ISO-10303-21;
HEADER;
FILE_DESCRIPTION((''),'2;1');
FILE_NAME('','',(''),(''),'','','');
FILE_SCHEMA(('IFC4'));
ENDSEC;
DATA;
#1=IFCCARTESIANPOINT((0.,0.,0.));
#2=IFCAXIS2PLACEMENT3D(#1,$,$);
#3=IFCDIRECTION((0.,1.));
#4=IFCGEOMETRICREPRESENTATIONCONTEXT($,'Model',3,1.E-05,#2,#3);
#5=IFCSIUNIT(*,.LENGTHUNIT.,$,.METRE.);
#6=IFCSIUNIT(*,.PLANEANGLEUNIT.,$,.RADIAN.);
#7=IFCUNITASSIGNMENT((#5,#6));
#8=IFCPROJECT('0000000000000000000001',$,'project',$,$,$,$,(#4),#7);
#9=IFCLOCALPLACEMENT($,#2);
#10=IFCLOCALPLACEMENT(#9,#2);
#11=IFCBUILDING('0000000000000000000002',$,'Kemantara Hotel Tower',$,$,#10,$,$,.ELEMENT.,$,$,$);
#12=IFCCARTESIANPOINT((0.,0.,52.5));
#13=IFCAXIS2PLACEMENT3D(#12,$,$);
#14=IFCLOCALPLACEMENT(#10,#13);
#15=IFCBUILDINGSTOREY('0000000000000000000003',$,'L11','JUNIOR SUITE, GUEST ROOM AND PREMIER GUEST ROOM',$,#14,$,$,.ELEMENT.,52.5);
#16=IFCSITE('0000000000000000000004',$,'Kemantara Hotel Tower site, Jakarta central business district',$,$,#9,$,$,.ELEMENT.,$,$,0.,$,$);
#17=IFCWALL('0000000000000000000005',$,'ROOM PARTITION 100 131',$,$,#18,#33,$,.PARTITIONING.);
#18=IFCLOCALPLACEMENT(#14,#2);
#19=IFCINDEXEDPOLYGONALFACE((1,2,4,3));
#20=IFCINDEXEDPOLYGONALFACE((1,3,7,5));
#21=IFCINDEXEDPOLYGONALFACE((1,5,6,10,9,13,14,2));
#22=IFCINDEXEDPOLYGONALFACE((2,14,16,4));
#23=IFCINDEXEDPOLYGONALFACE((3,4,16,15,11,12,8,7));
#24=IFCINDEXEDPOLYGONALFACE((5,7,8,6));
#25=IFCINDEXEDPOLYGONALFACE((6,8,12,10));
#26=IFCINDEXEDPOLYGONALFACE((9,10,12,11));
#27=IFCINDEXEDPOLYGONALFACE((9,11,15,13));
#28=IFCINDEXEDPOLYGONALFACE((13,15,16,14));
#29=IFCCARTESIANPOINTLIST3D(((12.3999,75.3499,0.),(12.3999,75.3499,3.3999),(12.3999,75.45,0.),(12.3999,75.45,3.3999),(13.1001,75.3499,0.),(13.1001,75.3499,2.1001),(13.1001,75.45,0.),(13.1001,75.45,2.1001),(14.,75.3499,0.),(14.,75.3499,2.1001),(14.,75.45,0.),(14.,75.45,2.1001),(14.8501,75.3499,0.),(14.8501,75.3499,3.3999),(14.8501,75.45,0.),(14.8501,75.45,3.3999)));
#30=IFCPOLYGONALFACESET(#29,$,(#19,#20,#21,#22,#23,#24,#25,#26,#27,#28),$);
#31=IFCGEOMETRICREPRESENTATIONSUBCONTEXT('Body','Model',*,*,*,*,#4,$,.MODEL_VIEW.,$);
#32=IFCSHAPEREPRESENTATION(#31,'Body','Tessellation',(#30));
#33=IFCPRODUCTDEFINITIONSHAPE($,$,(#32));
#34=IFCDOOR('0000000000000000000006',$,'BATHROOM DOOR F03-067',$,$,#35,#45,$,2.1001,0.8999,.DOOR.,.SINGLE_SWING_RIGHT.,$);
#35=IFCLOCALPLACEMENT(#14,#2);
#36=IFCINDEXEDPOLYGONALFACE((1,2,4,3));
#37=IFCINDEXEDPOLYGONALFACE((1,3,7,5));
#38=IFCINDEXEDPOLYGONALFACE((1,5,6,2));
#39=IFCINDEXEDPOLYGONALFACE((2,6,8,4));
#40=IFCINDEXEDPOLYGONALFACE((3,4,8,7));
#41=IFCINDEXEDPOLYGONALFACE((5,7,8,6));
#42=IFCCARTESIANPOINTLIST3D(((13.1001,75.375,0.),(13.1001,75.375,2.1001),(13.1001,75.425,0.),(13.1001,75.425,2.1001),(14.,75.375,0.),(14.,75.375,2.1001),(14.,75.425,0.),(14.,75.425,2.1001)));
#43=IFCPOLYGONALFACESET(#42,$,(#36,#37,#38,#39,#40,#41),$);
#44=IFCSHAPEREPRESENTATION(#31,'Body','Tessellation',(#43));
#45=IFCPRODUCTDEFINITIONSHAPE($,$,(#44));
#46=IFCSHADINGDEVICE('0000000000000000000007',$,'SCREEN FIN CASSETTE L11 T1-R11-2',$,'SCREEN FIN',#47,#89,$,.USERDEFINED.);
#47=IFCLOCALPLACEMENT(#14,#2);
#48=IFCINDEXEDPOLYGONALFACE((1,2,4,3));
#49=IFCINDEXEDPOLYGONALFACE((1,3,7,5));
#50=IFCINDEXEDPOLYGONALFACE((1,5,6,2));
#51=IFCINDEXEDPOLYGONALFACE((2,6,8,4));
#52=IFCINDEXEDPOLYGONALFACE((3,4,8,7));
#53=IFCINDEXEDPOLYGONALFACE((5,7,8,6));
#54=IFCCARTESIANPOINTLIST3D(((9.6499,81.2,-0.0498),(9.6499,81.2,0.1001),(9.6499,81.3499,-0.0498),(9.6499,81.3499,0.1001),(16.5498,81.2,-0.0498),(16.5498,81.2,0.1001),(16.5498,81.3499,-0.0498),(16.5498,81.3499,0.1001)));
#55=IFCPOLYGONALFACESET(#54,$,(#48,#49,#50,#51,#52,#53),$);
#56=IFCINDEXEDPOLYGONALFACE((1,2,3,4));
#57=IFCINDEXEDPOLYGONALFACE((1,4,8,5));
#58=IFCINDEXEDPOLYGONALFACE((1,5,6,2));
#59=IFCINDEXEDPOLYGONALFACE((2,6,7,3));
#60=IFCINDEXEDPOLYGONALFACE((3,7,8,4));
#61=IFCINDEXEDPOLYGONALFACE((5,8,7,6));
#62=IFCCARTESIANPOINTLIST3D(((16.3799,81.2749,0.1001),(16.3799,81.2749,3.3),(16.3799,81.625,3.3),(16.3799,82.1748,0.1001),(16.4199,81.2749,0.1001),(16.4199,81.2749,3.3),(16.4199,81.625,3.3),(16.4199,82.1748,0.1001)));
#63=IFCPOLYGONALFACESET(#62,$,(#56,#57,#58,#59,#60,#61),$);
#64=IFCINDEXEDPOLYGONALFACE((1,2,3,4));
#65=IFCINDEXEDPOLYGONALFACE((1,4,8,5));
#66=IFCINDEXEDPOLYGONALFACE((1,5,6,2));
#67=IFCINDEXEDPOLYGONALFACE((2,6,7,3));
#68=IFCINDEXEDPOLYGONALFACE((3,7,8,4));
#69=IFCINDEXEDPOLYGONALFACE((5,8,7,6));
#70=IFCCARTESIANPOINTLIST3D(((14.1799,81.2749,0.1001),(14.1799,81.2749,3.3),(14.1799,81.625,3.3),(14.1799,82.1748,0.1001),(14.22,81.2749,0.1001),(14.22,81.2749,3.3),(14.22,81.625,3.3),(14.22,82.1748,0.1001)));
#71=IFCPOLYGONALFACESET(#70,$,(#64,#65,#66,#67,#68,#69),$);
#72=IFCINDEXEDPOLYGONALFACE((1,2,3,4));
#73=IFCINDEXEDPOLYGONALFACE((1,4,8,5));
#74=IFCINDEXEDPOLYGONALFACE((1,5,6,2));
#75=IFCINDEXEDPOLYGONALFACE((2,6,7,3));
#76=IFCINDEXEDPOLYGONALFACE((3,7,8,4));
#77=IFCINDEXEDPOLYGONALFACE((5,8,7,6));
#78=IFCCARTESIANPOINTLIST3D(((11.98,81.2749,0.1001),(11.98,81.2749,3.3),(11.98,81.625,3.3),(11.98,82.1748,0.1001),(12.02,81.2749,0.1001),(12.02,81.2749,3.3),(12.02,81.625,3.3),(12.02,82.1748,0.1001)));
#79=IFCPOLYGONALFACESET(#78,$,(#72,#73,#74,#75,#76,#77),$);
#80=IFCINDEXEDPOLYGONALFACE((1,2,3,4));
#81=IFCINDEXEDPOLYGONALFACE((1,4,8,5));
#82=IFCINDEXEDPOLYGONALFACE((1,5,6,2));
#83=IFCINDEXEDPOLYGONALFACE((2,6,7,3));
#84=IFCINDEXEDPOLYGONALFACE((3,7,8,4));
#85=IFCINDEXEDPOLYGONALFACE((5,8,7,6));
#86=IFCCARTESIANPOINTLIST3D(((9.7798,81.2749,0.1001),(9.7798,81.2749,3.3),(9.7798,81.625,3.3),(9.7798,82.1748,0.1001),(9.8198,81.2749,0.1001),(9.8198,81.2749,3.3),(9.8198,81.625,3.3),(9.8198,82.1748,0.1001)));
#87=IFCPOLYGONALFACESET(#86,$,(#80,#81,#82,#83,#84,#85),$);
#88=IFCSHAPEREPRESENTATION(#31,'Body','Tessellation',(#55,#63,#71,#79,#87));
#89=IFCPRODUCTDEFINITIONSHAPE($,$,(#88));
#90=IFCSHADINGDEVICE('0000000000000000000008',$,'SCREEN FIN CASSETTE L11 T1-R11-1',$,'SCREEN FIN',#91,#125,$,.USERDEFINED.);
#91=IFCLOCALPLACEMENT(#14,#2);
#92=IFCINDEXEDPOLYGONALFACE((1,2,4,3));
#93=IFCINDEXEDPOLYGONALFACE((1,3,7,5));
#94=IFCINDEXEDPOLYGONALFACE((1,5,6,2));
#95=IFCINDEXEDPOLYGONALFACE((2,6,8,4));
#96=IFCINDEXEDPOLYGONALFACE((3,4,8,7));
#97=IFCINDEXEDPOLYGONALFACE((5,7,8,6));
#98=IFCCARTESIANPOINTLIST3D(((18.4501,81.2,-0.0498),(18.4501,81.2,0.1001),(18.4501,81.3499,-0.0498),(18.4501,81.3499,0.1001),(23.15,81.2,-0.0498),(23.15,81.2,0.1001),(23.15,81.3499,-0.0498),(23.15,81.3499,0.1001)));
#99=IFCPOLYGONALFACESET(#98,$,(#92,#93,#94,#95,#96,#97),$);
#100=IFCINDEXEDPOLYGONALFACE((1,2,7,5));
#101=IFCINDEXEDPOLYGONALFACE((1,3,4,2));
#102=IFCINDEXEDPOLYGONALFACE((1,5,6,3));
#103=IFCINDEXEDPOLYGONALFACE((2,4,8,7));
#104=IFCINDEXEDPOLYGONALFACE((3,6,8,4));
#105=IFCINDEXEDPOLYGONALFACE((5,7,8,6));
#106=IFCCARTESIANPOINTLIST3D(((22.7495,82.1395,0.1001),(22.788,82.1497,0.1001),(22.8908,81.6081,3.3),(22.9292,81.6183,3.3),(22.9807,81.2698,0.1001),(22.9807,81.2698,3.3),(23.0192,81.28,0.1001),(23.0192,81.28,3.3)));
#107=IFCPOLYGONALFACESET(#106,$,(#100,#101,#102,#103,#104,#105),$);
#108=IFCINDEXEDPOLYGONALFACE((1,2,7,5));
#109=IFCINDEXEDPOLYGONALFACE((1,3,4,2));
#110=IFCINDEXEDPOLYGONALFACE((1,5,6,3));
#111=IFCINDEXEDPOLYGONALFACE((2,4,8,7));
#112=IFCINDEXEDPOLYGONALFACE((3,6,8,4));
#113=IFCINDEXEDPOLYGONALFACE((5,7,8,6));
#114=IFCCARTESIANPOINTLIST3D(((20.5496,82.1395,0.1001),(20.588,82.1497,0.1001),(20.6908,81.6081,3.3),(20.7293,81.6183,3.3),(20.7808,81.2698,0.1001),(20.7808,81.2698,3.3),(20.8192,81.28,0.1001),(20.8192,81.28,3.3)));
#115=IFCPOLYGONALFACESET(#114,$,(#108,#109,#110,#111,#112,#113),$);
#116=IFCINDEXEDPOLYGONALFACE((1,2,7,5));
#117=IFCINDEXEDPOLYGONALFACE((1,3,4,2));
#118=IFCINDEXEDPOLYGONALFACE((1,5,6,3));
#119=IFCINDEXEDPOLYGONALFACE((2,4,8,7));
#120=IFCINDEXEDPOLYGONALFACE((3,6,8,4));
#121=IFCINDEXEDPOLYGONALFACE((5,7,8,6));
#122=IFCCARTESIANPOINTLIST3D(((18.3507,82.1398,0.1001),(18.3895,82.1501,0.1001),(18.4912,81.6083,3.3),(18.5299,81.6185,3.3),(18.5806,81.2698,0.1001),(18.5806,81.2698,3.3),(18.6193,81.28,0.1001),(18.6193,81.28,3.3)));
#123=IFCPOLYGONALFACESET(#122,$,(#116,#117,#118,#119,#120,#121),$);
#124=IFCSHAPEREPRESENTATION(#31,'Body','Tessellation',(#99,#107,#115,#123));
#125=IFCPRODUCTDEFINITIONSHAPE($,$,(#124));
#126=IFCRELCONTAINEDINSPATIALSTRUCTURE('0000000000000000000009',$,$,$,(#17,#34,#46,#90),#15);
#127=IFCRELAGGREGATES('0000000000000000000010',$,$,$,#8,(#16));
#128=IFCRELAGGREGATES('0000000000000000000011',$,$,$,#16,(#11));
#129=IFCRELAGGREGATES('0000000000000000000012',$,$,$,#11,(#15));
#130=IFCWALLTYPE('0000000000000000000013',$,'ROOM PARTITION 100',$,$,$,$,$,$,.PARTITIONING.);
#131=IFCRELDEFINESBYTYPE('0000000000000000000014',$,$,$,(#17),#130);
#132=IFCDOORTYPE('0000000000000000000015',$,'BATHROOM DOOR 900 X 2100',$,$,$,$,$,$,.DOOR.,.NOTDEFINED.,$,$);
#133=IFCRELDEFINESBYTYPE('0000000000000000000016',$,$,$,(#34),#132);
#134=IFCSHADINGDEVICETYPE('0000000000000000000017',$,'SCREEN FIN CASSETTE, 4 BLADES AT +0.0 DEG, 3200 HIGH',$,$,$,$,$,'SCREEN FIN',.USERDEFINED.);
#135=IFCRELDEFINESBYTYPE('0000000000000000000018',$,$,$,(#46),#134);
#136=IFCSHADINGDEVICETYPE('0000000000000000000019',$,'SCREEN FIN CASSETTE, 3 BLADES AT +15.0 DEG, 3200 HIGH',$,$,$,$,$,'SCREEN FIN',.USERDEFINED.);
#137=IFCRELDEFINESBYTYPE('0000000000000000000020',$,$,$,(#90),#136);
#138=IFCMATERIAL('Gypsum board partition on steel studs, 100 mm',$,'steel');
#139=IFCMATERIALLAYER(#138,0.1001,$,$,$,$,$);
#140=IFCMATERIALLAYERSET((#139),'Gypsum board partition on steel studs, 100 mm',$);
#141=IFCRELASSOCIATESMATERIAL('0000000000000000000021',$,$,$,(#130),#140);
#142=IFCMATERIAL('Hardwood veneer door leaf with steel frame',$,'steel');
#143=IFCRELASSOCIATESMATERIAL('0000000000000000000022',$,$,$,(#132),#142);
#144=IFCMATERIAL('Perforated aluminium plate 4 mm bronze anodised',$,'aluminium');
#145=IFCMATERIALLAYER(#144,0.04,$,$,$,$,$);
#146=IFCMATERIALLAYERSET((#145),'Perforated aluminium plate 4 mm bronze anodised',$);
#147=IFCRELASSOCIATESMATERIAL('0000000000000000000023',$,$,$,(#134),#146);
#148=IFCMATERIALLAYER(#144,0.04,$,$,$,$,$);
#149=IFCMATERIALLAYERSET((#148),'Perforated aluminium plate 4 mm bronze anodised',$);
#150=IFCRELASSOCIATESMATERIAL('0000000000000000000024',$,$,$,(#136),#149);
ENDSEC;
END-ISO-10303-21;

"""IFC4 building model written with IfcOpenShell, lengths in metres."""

from ifc_helpers import new_model, si_unit, direction, frame, frame_2d, origin, origin_2d, place, context, subcontext, project, spatial, polyline, rectangle, outline, extrude, source, transform, mapped, material, layer, layer_set, type_object, element, fill, save


model = new_model("IFC4")

# Units and contexts
model_context = context("Model", 3, precision=1e-05, world=origin(), true_north=direction((0.0, 1.0)))
body_context = subcontext(model_context, "Body", "Model", "MODEL_VIEW")
ifc_project = project(units=[si_unit("LENGTHUNIT", "METRE"), si_unit("PLANEANGLEUNIT", "RADIAN")], contexts=[model_context])

# Site, building, storey
site_placement = place(None, origin())
site = spatial("IfcSite", under=ifc_project, at=site_placement, Name="Kemantara Hotel Tower site, Jakarta central business district", CompositionType="ELEMENT", RefElevation=0.0)
building_placement = place(site_placement, origin())
building = spatial("IfcBuilding", under=site, at=building_placement, Name="Kemantara Hotel Tower", CompositionType="ELEMENT")
storey_placement = place(building_placement, frame((0.0, 0.0, 52.5)))
storey = spatial("IfcBuildingStorey", under=building, at=storey_placement, Name="L11", Description="JUNIOR SUITE, GUEST ROOM AND PREMIER GUEST ROOM", CompositionType="ELEMENT", Elevation=52.5)

# Shared definitions
ifc_material_1 = material(Name="Hardwood veneer door leaf with steel frame", Category="steel")

# Shared definitions
ifc_material_2 = material(Name="Gypsum board partition on steel studs, 100 mm", Category="steel")
ifc_layer_1 = layer(ifc_material_2, 0.1001)
ifc_layer_set_1 = layer_set([ifc_layer_1], Name="Gypsum board partition on steel studs, 100 mm")
wall_type_1 = type_object("IfcWallType", Name="ROOM PARTITION 100", PredefinedType="PARTITIONING", material=ifc_layer_set_1)

# Wall, opening, door
wall_1_placement = place(storey_placement, frame((14.8501, 75.3999, 0.0), z_axis=(0.0, 0.0, 1.0), x_axis=(-1.0, 0.0, 0.0)))
wall_1 = element("IfcWall", 1, at=wall_1_placement, inside=storey, type_object=wall_type_1, Name="ROOM PARTITION 100 131", PredefinedType="PARTITIONING", context=body_context, shape_type="SweptSolid", body=[
    extrude(rectangle(XDim=2.4502, YDim=0.1001, at=frame_2d((1.2251, 0.0))), origin(), (0.0, 0.0, 1.0), 3.3999),
])
opening_1_placement = place(wall_1_placement, frame((0.8501, 0.0, 0.0)))
opening_1 = element("IfcOpeningElement", 2, at=opening_1_placement, cuts=wall_1, PredefinedType="OPENING", context=body_context, shape_type="SweptSolid", body=[
    extrude(rectangle(XDim=0.8999, YDim=2.1001, at=frame_2d((0.45, 1.05))), frame((0.0, 0.0601, 0.0), z_axis=(0.0, -1.0, 0.0), x_axis=(1.0, 0.0, 0.0)), (0.0, 0.0, 1.0), 0.1201),
])
door_type_1 = type_object("IfcDoorType", Name="BATHROOM DOOR 900 X 2100", OperationType="NOTDEFINED", PredefinedType="DOOR", material=ifc_material_1)
door_1_placement = place(opening_1_placement, origin())
door_1 = element("IfcDoor", 3, at=door_1_placement, inside=storey, type_object=door_type_1, Name="BATHROOM DOOR F03-067", OperationType="SINGLE_SWING_RIGHT", OverallHeight=2.1001, OverallWidth=0.8999, PredefinedType="DOOR", context=body_context, shape_type="SweptSolid", body=[
    extrude(rectangle(XDim=0.8999, YDim=2.1001, at=frame_2d((0.45, 1.05))), frame((0.0, 0.0249, 0.0), z_axis=(0.0, -1.0, 0.0), x_axis=(1.0, 0.0, 0.0)), (0.0, 0.0, 1.0), 0.05),
])
fill(opening_1, door_1)

# Shading devices
ifc_material_3 = material(Name="Perforated aluminium plate 4 mm bronze anodised", Category="aluminium")
ifc_layer_2 = layer(ifc_material_3, 0.04)
ifc_layer_set_2 = layer_set([ifc_layer_2], Name="Perforated aluminium plate 4 mm bronze anodised")
shading_device_type_1 = type_object("IfcShadingDeviceType", Name="SCREEN FIN CASSETTE, 4 BLADES AT +0.0 DEG, 3200 HIGH", ElementType="SCREEN FIN", PredefinedType="USERDEFINED", material=ifc_layer_set_2)
shared_shape_1 = source(origin(), body_context, "Body", "SweptSolid", [
    extrude(rectangle(XDim=6.8999, YDim=0.1499, at=origin_2d()), frame((3.3, -0.075, -0.1499), z_axis=(0.0, 0.0, 1.0), x_axis=(1.0, 0.0, 0.0)), (0.0, 0.0, 1.0), 0.1499),
    extrude(outline(polyline([(0.0, 0.0), (0.8999, 0.0), (0.3501, 3.2), (0.0, 3.2), (0.0, 0.0)])), frame((0.02, -0.075, 0.0), z_axis=(-1.0, 0.0, 0.0), x_axis=(0.0, -1.0, 0.0)), (0.0, 0.0, 1.0), 0.04),
    extrude(outline(polyline([(0.0, 0.0), (0.8999, 0.0), (0.3501, 3.2), (0.0, 3.2), (0.0, 0.0)])), frame((2.22, -0.075, 0.0), z_axis=(-1.0, 0.0, 0.0), x_axis=(0.0, -1.0, 0.0)), (0.0, 0.0, 1.0), 0.04),
    extrude(outline(polyline([(0.0, 0.0), (0.8999, 0.0), (0.3501, 3.2), (0.0, 3.2), (0.0, 0.0)])), frame((4.4199, -0.075, 0.0), z_axis=(-1.0, 0.0, 0.0), x_axis=(0.0, -1.0, 0.0)), (0.0, 0.0, 1.0), 0.04),
    extrude(outline(polyline([(0.0, 0.0), (0.8999, 0.0), (0.3501, 3.2), (0.0, 3.2), (0.0, 0.0)])), frame((6.6201, -0.075, 0.0), z_axis=(-1.0, 0.0, 0.0), x_axis=(0.0, -1.0, 0.0)), (0.0, 0.0, 1.0), 0.04),
])
shading_device_1_placement = place(storey_placement, frame((16.3999, 81.2, 0.1001), z_axis=(0.0, 0.0, 1.0), x_axis=(-1.0, 0.0, 0.0)))
element("IfcShadingDevice", 4, at=shading_device_1_placement, inside=storey, type_object=shading_device_type_1, Name="SCREEN FIN CASSETTE L11 T1-R11-2", ObjectType="SCREEN FIN", PredefinedType="USERDEFINED", context=body_context, shape_type="MappedRepresentation", body=[
    mapped(shared_shape_1, transform((0.0, 0.0, 0.0))),
])
ifc_layer_3 = layer(ifc_material_3, 0.04)
ifc_layer_set_3 = layer_set([ifc_layer_3], Name="Perforated aluminium plate 4 mm bronze anodised")
shading_device_type_2 = type_object("IfcShadingDeviceType", Name="SCREEN FIN CASSETTE, 3 BLADES AT +15.0 DEG, 3200 HIGH", ElementType="SCREEN FIN", PredefinedType="USERDEFINED", material=ifc_layer_set_3)
shared_shape_2 = source(origin(), body_context, "Body", "SweptSolid", [
    extrude(rectangle(XDim=4.7, YDim=0.1499, at=origin_2d()), frame((2.2, -0.075, -0.1499), z_axis=(0.0, 0.0, 1.0), x_axis=(1.0, 0.0, 0.0)), (0.0, 0.0, 1.0), 0.1499),
    extrude(outline(polyline([(0.0, 0.0), (0.8999, 0.0), (0.3501, 3.2), (0.0, 3.2), (0.0, 0.0)])), frame((0.0193, -0.0698, 0.0), z_axis=(-0.966438, -0.256901, 0.0), x_axis=(0.256901, -0.966438, 0.0)), (0.0, 0.0, 1.0), 0.0398),
    extrude(outline(polyline([(0.0, 0.0), (0.8999, 0.0), (0.3501, 3.2), (0.0, 3.2), (0.0, 0.0)])), frame((2.2192, -0.0698, 0.0), z_axis=(-0.966438, -0.256901, 0.0), x_axis=(0.256901, -0.966438, 0.0)), (0.0, 0.0, 1.0), 0.0398),
    extrude(outline(polyline([(0.0, 0.0), (0.8999, 0.0), (0.3501, 3.2), (0.0, 3.2), (0.0, 0.0)])), frame((4.4194, -0.0698, 0.0), z_axis=(-0.966838, -0.255391, 0.0), x_axis=(0.255391, -0.966838, 0.0)), (0.0, 0.0, 1.0), 0.04),
])
shading_device_2_placement = place(storey_placement, frame((23.0, 81.2, 0.1001), z_axis=(0.0, 0.0, 1.0), x_axis=(-1.0, 0.0, 0.0)))
element("IfcShadingDevice", 5, at=shading_device_2_placement, inside=storey, type_object=shading_device_type_2, Name="SCREEN FIN CASSETTE L11 T1-R11-1", ObjectType="SCREEN FIN", PredefinedType="USERDEFINED", context=body_context, shape_type="MappedRepresentation", body=[
    mapped(shared_shape_2, transform((0.0, 0.0, 0.0))),
])

save(model, "model.ifc")
